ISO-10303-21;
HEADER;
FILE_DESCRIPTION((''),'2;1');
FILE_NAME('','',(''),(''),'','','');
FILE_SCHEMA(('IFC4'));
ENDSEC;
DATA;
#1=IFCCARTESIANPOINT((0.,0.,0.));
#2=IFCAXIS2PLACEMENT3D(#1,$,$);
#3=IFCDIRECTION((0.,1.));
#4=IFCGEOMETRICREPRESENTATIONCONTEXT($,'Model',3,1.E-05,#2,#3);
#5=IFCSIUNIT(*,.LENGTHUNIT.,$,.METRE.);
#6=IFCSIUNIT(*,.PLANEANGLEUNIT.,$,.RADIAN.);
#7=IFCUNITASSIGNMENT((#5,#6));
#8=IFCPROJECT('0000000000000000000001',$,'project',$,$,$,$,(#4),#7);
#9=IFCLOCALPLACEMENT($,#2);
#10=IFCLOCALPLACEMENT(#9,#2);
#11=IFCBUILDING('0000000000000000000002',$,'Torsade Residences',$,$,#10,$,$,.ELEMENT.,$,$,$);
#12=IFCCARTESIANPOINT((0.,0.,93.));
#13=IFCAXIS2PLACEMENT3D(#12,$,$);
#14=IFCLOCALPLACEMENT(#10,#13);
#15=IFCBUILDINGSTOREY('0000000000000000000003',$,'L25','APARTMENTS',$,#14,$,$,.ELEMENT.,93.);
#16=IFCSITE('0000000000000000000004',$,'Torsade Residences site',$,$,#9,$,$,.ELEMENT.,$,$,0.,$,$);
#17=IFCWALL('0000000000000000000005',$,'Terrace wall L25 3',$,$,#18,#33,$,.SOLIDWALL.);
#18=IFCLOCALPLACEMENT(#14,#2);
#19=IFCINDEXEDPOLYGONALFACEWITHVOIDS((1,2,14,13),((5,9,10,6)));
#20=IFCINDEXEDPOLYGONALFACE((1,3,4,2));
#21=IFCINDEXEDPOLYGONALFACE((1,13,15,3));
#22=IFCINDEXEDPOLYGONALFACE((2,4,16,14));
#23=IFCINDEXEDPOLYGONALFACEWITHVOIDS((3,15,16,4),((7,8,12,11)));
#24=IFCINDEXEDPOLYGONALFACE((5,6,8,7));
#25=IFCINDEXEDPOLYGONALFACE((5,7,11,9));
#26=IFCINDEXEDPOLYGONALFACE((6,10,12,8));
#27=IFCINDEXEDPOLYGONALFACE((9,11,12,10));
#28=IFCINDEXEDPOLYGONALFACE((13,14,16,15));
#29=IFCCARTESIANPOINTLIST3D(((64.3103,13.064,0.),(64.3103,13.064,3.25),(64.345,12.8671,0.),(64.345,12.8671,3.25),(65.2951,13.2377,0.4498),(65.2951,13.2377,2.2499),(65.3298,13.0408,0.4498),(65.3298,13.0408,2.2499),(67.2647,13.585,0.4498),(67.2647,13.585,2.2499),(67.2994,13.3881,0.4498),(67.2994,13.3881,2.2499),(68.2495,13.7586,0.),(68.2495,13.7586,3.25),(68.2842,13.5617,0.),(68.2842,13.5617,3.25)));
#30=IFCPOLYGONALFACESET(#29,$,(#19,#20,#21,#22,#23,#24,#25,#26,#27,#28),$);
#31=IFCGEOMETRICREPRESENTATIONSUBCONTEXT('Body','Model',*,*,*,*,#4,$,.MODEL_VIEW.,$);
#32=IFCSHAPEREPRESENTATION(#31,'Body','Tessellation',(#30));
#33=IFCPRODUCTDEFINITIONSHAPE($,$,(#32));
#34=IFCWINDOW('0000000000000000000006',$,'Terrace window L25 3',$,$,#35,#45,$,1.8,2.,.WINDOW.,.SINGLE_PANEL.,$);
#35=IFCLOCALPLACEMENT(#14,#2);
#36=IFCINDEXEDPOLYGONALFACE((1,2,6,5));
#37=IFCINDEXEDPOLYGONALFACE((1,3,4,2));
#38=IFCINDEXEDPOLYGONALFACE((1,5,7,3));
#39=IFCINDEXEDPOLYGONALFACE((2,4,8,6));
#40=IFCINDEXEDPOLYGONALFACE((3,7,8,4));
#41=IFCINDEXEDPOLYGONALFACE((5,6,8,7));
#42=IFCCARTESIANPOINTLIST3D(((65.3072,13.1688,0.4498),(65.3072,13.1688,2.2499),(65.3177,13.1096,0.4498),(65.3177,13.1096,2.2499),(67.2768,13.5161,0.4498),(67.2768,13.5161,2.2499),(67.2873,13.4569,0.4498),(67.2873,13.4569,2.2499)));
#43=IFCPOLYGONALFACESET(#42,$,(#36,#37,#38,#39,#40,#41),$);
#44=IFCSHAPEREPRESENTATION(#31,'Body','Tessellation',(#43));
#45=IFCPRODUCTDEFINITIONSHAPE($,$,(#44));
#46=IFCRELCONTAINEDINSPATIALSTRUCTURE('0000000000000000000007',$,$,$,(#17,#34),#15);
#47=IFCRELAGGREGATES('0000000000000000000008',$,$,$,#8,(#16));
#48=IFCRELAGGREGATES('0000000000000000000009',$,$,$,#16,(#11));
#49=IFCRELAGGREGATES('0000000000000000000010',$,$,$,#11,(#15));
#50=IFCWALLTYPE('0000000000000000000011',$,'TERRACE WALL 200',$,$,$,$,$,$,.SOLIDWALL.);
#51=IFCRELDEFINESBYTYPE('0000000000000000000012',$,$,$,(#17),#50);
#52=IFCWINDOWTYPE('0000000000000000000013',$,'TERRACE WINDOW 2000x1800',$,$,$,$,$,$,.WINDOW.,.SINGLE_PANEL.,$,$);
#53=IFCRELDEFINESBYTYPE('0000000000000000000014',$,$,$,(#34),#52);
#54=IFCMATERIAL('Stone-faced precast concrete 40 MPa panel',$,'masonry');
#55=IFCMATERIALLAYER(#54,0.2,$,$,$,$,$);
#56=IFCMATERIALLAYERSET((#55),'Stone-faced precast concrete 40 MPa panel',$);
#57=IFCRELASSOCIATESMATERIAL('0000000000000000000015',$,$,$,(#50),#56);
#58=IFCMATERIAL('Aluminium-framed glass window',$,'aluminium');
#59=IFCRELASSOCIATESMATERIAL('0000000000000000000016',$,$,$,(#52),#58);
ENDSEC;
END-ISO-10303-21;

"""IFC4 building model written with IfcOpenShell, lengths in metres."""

from ifc_helpers import new_model, si_unit, direction, frame, frame_2d, origin, place, context, subcontext, project, spatial, rectangle, extrude, material, layer, layer_set, type_object, element, fill, save


model = new_model("IFC4")

# Units and contexts
model_context = context("Model", 3, precision=1e-05, world=origin(), true_north=direction((0.0, 1.0)))
body_context = subcontext(model_context, "Body", "Model", "MODEL_VIEW")
ifc_project = project(units=[si_unit("LENGTHUNIT", "METRE"), si_unit("PLANEANGLEUNIT", "RADIAN")], contexts=[model_context])

# Site, building, storey
site_placement = place(None, origin())
site = spatial("IfcSite", under=ifc_project, at=site_placement, Name="Torsade Residences site", CompositionType="ELEMENT", RefElevation=0.0)
building_placement = place(site_placement, origin())
building = spatial("IfcBuilding", under=site, at=building_placement, Name="Torsade Residences", CompositionType="ELEMENT")
storey_placement = place(building_placement, frame((0.0, 0.0, 93.0)))
storey = spatial("IfcBuildingStorey", under=building, at=storey_placement, Name="L25", Description="APARTMENTS", CompositionType="ELEMENT", Elevation=93.0)

# Shared definitions
ifc_material_1 = material(Name="Stone-faced precast concrete 40 MPa panel", Category="masonry")
ifc_layer_1 = layer(ifc_material_1, 0.2)
ifc_layer_set_1 = layer_set([ifc_layer_1], Name="Stone-faced precast concrete 40 MPa panel")
wall_type = type_object("IfcWallType", Name="TERRACE WALL 200", PredefinedType="SOLIDWALL", material=ifc_layer_set_1)

# Wall, opening, window
wall_1_placement = place(storey_placement, frame((64.3276, 12.9656, 0.0), z_axis=(0.0, 0.0, 1.0), x_axis=(0.984808, 0.173646, 0.0)))
wall_1 = element("IfcWall", 1, at=wall_1_placement, inside=storey, type_object=wall_type, Name="Terrace wall L25 3", PredefinedType="SOLIDWALL", context=body_context, shape_type="SweptSolid", body=[
    extrude(rectangle(XDim=4.0, YDim=0.2, at=frame_2d((2.0, 0.0))), origin(), (0.0, 0.0, 1.0), 3.25),
])
opening_1_placement = place(wall_1_placement, frame((1.0, 0.0, 0.45)))
opening_1 = element("IfcOpeningElement", 2, at=opening_1_placement, cuts=wall_1, PredefinedType="OPENING", context=body_context, shape_type="SweptSolid", body=[
    extrude(rectangle(XDim=2.0, YDim=1.8, at=frame_2d((1.0, 0.8999))), frame((0.0, 0.1099, 0.0), z_axis=(0.0, -1.0, 0.0), x_axis=(1.0, 0.0, 0.0)), (0.0, 0.0, 1.0), 0.22),
])
ifc_material_2 = material(Name="Aluminium-framed glass window", Category="aluminium")
window_type = type_object("IfcWindowType", Name="TERRACE WINDOW 2000x1800", PartitioningType="SINGLE_PANEL", PredefinedType="WINDOW", material=ifc_material_2)
window_placement = place(opening_1_placement, origin())
window = element("IfcWindow", 3, at=window_placement, inside=storey, type_object=window_type, Name="Terrace window L25 3", OverallHeight=1.8, OverallWidth=2.0, PartitioningType="SINGLE_PANEL", PredefinedType="WINDOW", context=body_context, shape_type="SweptSolid", body=[
    extrude(rectangle(XDim=2.0, YDim=1.8, at=frame_2d((1.0, 0.8999))), frame((0.0, 0.03, 0.0), z_axis=(0.0, -1.0, 0.0), x_axis=(1.0, 0.0, 0.0)), (0.0, 0.0, 1.0), 0.0601),
])
fill(opening_1, window)

save(model, "model.ifc")
